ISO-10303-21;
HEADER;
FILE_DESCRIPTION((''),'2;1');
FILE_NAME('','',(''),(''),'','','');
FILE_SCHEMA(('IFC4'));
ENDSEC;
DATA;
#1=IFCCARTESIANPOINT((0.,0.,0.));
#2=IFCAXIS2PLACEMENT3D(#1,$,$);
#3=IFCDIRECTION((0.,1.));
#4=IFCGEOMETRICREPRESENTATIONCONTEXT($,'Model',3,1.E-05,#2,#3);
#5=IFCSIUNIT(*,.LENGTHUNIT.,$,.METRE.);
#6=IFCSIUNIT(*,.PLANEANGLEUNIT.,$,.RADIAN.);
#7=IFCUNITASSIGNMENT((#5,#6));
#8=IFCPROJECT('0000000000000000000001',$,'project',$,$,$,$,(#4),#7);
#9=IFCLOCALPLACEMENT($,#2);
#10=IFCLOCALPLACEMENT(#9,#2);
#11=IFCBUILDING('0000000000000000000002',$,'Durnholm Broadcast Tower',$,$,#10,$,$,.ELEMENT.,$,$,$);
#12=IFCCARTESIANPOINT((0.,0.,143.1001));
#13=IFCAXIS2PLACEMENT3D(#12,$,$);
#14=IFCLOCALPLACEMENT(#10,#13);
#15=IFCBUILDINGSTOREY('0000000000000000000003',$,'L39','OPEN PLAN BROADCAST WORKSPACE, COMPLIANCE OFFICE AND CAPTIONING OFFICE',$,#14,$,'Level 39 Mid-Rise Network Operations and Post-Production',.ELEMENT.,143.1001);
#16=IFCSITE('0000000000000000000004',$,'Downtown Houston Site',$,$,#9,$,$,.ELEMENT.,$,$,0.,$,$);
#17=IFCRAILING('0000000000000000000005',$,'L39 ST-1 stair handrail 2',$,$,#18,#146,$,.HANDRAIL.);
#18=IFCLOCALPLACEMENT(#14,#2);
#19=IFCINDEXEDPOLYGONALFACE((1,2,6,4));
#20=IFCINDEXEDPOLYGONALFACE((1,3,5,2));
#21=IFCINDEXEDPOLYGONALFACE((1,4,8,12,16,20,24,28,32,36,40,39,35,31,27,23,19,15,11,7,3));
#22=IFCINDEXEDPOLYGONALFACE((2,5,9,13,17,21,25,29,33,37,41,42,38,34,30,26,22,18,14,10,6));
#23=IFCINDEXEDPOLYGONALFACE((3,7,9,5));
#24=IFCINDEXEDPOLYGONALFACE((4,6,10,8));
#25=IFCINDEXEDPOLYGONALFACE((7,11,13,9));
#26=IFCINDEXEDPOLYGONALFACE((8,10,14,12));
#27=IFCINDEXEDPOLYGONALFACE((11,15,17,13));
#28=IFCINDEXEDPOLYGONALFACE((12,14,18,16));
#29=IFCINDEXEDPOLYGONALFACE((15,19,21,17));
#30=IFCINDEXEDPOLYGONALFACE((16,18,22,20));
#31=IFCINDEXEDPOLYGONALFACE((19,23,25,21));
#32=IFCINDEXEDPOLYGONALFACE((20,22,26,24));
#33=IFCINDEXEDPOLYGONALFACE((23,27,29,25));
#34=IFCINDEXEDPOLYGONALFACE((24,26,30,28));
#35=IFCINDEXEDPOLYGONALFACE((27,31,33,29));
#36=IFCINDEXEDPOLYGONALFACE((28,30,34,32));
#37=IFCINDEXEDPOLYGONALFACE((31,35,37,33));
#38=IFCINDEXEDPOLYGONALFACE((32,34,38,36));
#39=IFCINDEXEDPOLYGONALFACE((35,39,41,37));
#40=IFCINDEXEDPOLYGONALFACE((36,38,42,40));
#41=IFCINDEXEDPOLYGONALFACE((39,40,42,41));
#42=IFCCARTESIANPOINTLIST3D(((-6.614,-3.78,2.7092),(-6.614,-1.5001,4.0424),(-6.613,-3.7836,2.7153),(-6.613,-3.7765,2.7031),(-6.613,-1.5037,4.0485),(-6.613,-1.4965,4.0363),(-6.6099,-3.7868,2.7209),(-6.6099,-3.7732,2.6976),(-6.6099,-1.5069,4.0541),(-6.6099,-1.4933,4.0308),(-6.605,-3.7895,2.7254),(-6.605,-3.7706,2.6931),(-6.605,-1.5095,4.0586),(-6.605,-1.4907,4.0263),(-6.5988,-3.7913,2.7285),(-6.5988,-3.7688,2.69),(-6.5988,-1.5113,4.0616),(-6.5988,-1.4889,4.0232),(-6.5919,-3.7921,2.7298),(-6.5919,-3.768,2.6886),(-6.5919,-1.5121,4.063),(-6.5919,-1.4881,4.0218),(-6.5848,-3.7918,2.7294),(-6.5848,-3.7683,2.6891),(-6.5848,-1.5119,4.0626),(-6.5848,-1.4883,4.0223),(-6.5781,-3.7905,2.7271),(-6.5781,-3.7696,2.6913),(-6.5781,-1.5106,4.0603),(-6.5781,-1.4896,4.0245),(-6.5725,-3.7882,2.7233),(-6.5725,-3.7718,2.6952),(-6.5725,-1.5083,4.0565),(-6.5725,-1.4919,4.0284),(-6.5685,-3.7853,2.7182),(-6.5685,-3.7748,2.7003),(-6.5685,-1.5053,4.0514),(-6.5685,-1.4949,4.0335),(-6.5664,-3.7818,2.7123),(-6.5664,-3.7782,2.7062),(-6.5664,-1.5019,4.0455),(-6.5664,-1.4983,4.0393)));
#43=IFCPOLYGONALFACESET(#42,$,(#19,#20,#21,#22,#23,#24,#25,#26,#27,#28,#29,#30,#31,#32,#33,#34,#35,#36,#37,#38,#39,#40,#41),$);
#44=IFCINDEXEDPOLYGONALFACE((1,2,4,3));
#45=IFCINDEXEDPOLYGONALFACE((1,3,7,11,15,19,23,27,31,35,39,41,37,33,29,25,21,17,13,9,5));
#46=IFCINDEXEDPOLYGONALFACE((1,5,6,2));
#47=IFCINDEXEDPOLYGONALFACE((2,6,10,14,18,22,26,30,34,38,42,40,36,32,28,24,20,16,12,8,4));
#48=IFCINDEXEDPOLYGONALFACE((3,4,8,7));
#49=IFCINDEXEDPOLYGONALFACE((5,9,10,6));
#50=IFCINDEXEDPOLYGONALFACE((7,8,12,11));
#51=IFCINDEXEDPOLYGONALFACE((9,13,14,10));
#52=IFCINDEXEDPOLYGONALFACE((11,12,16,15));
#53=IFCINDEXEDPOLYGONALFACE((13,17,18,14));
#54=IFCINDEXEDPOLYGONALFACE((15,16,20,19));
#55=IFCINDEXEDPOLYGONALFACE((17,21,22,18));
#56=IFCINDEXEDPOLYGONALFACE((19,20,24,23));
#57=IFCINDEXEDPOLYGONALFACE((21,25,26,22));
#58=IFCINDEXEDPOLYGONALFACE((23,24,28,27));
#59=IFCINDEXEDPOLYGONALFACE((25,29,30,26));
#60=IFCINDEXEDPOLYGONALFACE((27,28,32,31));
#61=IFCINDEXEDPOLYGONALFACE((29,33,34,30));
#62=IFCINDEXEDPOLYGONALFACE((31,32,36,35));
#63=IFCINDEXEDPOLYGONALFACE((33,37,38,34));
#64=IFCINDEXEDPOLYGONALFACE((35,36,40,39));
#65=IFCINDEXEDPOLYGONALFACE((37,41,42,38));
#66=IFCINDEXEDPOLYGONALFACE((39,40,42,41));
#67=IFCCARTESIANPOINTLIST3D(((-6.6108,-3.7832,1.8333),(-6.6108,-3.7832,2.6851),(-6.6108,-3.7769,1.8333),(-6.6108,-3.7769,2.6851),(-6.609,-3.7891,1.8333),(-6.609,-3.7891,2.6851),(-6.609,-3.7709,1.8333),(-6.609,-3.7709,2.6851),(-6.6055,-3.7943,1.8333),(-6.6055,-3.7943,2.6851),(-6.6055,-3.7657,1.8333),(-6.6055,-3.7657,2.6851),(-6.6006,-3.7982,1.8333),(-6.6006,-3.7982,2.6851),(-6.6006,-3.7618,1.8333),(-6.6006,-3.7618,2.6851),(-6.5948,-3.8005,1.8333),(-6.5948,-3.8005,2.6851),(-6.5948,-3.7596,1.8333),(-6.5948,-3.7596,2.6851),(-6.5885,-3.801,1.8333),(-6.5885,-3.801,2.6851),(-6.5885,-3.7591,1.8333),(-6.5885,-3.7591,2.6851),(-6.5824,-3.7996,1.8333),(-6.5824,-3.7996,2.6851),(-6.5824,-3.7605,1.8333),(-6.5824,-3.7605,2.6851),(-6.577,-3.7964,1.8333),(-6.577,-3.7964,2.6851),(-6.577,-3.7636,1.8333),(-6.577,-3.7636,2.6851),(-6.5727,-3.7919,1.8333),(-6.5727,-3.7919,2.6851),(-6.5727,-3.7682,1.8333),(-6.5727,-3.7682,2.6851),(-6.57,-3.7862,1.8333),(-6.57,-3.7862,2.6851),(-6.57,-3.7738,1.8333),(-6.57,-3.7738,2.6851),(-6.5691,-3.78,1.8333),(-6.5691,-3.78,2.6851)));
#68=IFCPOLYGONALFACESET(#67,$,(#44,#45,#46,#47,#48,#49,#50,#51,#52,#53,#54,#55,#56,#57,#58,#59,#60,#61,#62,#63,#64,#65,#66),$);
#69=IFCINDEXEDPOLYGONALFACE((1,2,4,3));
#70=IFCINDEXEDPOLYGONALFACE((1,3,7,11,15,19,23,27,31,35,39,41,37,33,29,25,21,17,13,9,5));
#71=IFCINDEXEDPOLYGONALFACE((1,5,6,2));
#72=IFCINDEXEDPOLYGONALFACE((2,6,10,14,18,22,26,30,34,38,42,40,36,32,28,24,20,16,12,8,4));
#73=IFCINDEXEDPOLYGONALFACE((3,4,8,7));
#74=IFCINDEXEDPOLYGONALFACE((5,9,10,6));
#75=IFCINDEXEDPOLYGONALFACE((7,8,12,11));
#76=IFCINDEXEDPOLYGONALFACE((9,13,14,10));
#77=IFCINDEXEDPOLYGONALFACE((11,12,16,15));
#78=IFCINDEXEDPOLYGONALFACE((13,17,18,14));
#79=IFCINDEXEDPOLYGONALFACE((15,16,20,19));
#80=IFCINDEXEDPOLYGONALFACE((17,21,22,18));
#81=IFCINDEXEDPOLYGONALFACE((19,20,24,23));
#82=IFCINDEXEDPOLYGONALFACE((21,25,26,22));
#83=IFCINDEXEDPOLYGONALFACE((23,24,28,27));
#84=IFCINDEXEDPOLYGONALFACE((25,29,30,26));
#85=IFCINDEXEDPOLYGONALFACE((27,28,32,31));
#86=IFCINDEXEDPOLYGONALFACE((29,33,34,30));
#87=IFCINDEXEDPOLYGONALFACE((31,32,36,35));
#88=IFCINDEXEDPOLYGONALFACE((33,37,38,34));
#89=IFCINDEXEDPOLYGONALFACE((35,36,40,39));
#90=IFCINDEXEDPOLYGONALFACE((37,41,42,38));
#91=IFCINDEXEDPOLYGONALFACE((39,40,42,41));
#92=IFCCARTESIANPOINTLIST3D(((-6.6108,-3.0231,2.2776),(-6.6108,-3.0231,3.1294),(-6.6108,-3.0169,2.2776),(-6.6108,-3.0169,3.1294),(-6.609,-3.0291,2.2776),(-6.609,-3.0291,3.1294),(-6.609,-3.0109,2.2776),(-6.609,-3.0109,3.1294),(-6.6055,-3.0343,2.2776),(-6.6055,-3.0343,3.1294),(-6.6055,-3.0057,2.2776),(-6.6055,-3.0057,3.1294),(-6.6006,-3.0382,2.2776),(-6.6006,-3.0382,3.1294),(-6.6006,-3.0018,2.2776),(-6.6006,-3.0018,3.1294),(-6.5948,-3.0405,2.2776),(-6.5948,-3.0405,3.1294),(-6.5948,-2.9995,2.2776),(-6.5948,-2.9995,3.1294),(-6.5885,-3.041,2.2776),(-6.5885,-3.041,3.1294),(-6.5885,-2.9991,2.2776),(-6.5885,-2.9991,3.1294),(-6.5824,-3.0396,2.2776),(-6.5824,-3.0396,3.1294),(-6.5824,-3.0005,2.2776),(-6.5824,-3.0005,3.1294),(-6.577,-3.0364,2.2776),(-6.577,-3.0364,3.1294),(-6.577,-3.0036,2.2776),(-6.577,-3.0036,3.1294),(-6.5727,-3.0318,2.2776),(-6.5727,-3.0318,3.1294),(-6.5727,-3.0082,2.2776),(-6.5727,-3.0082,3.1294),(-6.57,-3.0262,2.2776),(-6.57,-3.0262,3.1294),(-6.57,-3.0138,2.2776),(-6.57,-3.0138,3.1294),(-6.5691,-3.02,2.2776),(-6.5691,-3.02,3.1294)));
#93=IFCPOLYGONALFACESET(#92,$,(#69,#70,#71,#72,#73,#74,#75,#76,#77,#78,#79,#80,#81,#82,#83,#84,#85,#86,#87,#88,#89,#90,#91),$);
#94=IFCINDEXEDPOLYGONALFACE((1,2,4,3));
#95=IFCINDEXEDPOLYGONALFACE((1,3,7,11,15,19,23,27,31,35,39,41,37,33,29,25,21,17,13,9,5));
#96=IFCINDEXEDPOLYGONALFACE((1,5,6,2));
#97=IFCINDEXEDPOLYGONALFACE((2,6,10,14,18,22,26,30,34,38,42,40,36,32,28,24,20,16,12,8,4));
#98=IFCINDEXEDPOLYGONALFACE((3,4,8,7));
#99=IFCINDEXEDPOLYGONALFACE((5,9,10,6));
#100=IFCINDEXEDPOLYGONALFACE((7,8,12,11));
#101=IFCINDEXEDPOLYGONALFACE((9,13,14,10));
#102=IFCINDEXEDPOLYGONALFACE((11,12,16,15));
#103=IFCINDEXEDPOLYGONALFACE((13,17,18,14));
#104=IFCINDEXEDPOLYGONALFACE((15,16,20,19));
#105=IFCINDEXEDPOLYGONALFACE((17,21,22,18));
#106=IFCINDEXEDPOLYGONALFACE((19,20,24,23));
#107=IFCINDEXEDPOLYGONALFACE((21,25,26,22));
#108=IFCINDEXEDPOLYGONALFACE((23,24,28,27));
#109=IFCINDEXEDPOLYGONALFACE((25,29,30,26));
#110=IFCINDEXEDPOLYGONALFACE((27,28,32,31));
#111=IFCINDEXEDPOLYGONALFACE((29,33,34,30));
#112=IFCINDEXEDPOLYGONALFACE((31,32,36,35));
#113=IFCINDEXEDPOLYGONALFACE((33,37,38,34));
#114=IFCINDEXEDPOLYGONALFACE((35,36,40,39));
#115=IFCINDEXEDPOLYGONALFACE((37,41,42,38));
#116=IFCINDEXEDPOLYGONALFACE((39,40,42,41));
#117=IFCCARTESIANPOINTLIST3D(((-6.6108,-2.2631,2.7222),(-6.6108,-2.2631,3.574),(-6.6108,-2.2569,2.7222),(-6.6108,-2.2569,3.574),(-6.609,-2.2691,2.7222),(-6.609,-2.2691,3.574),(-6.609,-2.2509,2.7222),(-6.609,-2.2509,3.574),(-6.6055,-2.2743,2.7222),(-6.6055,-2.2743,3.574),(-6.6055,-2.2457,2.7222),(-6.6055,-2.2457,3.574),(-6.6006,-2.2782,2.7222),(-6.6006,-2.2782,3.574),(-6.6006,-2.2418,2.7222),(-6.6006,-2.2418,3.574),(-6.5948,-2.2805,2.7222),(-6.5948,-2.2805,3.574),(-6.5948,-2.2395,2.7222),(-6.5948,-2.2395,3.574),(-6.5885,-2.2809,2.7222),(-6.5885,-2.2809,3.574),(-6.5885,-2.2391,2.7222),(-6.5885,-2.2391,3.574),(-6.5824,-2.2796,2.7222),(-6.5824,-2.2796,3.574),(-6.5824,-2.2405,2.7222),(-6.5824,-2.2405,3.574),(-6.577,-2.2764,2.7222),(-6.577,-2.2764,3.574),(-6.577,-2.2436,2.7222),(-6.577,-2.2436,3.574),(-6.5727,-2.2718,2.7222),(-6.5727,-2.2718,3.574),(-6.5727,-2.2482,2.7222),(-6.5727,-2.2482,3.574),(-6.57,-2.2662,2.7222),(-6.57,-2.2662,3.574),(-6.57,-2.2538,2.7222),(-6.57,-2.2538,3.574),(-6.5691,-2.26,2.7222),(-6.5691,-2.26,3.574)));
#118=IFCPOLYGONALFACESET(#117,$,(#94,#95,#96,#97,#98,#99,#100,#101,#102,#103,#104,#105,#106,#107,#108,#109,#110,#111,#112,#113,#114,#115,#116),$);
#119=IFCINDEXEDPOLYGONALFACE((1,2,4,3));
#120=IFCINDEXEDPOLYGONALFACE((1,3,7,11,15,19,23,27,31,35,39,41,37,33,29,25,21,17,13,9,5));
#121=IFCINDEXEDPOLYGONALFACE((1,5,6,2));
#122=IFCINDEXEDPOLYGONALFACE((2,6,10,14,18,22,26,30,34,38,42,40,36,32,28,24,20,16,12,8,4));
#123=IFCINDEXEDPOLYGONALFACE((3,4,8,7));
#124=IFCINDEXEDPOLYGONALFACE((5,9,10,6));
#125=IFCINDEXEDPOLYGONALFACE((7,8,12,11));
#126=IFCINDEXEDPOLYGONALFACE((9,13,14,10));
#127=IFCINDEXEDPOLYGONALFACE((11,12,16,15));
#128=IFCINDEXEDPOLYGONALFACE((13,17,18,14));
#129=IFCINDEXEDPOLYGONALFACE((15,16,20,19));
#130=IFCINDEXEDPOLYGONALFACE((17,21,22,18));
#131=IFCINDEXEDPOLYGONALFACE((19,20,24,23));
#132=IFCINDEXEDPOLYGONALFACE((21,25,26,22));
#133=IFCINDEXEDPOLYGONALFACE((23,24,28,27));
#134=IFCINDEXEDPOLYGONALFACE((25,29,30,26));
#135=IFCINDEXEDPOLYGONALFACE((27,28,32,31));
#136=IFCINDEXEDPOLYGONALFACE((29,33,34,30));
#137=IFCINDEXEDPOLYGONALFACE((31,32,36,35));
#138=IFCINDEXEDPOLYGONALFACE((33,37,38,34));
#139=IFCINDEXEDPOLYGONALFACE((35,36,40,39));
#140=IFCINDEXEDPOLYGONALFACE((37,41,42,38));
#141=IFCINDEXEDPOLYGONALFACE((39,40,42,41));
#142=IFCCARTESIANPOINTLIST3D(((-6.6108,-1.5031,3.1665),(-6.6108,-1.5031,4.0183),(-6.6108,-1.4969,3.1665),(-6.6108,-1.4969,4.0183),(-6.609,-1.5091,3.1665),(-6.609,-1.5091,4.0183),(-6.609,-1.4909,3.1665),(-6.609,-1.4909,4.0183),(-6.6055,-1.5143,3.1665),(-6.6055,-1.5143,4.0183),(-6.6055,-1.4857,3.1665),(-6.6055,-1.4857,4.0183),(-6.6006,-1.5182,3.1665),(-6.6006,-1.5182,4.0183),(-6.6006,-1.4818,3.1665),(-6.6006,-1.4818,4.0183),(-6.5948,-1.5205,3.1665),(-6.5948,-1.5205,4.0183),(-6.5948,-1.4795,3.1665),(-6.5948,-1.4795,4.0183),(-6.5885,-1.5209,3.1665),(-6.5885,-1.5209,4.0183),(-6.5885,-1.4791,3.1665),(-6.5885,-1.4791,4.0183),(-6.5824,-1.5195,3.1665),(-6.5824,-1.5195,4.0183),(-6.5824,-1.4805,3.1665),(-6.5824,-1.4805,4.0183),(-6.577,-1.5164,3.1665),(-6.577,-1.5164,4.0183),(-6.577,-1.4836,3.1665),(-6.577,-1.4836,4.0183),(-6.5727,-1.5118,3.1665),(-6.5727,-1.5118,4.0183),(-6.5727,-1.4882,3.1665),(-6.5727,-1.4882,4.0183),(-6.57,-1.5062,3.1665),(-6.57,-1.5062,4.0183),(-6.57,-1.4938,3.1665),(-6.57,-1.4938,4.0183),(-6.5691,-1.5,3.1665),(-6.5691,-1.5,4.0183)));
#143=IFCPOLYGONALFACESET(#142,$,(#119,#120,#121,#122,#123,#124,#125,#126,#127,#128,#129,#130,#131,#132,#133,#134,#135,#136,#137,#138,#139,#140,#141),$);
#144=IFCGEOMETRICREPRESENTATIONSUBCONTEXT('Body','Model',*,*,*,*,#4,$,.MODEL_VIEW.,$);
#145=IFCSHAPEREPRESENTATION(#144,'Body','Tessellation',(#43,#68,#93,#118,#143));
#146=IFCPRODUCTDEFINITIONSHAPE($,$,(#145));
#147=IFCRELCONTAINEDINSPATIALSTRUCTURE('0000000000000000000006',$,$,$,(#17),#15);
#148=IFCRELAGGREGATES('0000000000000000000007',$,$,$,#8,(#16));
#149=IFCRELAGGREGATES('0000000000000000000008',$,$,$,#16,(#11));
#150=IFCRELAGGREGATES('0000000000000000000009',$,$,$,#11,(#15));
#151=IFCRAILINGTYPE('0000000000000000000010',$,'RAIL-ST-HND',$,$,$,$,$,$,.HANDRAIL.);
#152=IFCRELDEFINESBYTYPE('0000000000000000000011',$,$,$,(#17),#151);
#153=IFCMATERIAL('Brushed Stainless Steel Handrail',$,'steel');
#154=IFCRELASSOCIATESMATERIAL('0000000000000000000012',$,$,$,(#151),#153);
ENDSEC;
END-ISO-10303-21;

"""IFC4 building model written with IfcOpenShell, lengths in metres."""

from ifc_helpers import new_model, si_unit, direction, frame, origin, origin_2d, place, context, subcontext, project, spatial, circle, extrude, material, type_object, element, save


model = new_model("IFC4")

# Units and contexts
model_context = context("Model", 3, precision=1e-05, world=origin(), true_north=direction((0.0, 1.0)))
body_context = subcontext(model_context, "Body", "Model", "MODEL_VIEW")
ifc_project = project(units=[si_unit("LENGTHUNIT", "METRE"), si_unit("PLANEANGLEUNIT", "RADIAN")], contexts=[model_context])

# Site, building, storey
site_placement = place(None, origin())
site = spatial("IfcSite", under=ifc_project, at=site_placement, Name="Downtown Houston Site", CompositionType="ELEMENT", RefElevation=0.0)
building_placement = place(site_placement, origin())
building = spatial("IfcBuilding", under=site, at=building_placement, Name="Durnholm Broadcast Tower", CompositionType="ELEMENT")
storey_placement = place(building_placement, frame((0.0, 0.0, 143.1001)))
storey = spatial("IfcBuildingStorey", under=building, at=storey_placement, Name="L39", Description="OPEN PLAN BROADCAST WORKSPACE, COMPLIANCE OFFICE AND CAPTIONING OFFICE", LongName="Level 39 Mid-Rise Network Operations and Post-Production", CompositionType="ELEMENT", Elevation=143.1001)

# Railing
ifc_material_1 = material(Name="Brushed Stainless Steel Handrail", Category="steel")
railing_type_1 = type_object("IfcRailingType", Name="RAIL-ST-HND", PredefinedType="HANDRAIL", material=ifc_material_1)
railing_1_placement = place(storey_placement, frame((-6.5901, -3.78, 1.8333)))
element("IfcRailing", 1, at=railing_1_placement, inside=storey, type_object=railing_type_1, Name="L39 ST-1 stair handrail 2", PredefinedType="HANDRAIL", context=body_context, shape_type="SweptSolid", body=[
    extrude(circle(Radius=0.0239, at=origin_2d()), frame((0.0, 0.0, 0.876), z_axis=(0.0, 0.863245, 0.504785), x_axis=(-1.0, 0.0, 0.0)), (0.0, 0.0, 1.0), 2.6411),
    extrude(circle(Radius=0.021, at=origin_2d()), origin(), (0.0, 0.0, 1.0), 0.8518),
    extrude(circle(Radius=0.021, at=origin_2d()), frame((0.0, 0.76, 0.4443)), (0.0, 0.0, 1.0), 0.8518),
    extrude(circle(Radius=0.021, at=origin_2d()), frame((0.0, 1.52, 0.8889)), (0.0, 0.0, 1.0), 0.8518),
    extrude(circle(Radius=0.021, at=origin_2d()), frame((0.0, 2.28, 1.3333)), (0.0, 0.0, 1.0), 0.8518),
])

save(model, "model.ifc")
